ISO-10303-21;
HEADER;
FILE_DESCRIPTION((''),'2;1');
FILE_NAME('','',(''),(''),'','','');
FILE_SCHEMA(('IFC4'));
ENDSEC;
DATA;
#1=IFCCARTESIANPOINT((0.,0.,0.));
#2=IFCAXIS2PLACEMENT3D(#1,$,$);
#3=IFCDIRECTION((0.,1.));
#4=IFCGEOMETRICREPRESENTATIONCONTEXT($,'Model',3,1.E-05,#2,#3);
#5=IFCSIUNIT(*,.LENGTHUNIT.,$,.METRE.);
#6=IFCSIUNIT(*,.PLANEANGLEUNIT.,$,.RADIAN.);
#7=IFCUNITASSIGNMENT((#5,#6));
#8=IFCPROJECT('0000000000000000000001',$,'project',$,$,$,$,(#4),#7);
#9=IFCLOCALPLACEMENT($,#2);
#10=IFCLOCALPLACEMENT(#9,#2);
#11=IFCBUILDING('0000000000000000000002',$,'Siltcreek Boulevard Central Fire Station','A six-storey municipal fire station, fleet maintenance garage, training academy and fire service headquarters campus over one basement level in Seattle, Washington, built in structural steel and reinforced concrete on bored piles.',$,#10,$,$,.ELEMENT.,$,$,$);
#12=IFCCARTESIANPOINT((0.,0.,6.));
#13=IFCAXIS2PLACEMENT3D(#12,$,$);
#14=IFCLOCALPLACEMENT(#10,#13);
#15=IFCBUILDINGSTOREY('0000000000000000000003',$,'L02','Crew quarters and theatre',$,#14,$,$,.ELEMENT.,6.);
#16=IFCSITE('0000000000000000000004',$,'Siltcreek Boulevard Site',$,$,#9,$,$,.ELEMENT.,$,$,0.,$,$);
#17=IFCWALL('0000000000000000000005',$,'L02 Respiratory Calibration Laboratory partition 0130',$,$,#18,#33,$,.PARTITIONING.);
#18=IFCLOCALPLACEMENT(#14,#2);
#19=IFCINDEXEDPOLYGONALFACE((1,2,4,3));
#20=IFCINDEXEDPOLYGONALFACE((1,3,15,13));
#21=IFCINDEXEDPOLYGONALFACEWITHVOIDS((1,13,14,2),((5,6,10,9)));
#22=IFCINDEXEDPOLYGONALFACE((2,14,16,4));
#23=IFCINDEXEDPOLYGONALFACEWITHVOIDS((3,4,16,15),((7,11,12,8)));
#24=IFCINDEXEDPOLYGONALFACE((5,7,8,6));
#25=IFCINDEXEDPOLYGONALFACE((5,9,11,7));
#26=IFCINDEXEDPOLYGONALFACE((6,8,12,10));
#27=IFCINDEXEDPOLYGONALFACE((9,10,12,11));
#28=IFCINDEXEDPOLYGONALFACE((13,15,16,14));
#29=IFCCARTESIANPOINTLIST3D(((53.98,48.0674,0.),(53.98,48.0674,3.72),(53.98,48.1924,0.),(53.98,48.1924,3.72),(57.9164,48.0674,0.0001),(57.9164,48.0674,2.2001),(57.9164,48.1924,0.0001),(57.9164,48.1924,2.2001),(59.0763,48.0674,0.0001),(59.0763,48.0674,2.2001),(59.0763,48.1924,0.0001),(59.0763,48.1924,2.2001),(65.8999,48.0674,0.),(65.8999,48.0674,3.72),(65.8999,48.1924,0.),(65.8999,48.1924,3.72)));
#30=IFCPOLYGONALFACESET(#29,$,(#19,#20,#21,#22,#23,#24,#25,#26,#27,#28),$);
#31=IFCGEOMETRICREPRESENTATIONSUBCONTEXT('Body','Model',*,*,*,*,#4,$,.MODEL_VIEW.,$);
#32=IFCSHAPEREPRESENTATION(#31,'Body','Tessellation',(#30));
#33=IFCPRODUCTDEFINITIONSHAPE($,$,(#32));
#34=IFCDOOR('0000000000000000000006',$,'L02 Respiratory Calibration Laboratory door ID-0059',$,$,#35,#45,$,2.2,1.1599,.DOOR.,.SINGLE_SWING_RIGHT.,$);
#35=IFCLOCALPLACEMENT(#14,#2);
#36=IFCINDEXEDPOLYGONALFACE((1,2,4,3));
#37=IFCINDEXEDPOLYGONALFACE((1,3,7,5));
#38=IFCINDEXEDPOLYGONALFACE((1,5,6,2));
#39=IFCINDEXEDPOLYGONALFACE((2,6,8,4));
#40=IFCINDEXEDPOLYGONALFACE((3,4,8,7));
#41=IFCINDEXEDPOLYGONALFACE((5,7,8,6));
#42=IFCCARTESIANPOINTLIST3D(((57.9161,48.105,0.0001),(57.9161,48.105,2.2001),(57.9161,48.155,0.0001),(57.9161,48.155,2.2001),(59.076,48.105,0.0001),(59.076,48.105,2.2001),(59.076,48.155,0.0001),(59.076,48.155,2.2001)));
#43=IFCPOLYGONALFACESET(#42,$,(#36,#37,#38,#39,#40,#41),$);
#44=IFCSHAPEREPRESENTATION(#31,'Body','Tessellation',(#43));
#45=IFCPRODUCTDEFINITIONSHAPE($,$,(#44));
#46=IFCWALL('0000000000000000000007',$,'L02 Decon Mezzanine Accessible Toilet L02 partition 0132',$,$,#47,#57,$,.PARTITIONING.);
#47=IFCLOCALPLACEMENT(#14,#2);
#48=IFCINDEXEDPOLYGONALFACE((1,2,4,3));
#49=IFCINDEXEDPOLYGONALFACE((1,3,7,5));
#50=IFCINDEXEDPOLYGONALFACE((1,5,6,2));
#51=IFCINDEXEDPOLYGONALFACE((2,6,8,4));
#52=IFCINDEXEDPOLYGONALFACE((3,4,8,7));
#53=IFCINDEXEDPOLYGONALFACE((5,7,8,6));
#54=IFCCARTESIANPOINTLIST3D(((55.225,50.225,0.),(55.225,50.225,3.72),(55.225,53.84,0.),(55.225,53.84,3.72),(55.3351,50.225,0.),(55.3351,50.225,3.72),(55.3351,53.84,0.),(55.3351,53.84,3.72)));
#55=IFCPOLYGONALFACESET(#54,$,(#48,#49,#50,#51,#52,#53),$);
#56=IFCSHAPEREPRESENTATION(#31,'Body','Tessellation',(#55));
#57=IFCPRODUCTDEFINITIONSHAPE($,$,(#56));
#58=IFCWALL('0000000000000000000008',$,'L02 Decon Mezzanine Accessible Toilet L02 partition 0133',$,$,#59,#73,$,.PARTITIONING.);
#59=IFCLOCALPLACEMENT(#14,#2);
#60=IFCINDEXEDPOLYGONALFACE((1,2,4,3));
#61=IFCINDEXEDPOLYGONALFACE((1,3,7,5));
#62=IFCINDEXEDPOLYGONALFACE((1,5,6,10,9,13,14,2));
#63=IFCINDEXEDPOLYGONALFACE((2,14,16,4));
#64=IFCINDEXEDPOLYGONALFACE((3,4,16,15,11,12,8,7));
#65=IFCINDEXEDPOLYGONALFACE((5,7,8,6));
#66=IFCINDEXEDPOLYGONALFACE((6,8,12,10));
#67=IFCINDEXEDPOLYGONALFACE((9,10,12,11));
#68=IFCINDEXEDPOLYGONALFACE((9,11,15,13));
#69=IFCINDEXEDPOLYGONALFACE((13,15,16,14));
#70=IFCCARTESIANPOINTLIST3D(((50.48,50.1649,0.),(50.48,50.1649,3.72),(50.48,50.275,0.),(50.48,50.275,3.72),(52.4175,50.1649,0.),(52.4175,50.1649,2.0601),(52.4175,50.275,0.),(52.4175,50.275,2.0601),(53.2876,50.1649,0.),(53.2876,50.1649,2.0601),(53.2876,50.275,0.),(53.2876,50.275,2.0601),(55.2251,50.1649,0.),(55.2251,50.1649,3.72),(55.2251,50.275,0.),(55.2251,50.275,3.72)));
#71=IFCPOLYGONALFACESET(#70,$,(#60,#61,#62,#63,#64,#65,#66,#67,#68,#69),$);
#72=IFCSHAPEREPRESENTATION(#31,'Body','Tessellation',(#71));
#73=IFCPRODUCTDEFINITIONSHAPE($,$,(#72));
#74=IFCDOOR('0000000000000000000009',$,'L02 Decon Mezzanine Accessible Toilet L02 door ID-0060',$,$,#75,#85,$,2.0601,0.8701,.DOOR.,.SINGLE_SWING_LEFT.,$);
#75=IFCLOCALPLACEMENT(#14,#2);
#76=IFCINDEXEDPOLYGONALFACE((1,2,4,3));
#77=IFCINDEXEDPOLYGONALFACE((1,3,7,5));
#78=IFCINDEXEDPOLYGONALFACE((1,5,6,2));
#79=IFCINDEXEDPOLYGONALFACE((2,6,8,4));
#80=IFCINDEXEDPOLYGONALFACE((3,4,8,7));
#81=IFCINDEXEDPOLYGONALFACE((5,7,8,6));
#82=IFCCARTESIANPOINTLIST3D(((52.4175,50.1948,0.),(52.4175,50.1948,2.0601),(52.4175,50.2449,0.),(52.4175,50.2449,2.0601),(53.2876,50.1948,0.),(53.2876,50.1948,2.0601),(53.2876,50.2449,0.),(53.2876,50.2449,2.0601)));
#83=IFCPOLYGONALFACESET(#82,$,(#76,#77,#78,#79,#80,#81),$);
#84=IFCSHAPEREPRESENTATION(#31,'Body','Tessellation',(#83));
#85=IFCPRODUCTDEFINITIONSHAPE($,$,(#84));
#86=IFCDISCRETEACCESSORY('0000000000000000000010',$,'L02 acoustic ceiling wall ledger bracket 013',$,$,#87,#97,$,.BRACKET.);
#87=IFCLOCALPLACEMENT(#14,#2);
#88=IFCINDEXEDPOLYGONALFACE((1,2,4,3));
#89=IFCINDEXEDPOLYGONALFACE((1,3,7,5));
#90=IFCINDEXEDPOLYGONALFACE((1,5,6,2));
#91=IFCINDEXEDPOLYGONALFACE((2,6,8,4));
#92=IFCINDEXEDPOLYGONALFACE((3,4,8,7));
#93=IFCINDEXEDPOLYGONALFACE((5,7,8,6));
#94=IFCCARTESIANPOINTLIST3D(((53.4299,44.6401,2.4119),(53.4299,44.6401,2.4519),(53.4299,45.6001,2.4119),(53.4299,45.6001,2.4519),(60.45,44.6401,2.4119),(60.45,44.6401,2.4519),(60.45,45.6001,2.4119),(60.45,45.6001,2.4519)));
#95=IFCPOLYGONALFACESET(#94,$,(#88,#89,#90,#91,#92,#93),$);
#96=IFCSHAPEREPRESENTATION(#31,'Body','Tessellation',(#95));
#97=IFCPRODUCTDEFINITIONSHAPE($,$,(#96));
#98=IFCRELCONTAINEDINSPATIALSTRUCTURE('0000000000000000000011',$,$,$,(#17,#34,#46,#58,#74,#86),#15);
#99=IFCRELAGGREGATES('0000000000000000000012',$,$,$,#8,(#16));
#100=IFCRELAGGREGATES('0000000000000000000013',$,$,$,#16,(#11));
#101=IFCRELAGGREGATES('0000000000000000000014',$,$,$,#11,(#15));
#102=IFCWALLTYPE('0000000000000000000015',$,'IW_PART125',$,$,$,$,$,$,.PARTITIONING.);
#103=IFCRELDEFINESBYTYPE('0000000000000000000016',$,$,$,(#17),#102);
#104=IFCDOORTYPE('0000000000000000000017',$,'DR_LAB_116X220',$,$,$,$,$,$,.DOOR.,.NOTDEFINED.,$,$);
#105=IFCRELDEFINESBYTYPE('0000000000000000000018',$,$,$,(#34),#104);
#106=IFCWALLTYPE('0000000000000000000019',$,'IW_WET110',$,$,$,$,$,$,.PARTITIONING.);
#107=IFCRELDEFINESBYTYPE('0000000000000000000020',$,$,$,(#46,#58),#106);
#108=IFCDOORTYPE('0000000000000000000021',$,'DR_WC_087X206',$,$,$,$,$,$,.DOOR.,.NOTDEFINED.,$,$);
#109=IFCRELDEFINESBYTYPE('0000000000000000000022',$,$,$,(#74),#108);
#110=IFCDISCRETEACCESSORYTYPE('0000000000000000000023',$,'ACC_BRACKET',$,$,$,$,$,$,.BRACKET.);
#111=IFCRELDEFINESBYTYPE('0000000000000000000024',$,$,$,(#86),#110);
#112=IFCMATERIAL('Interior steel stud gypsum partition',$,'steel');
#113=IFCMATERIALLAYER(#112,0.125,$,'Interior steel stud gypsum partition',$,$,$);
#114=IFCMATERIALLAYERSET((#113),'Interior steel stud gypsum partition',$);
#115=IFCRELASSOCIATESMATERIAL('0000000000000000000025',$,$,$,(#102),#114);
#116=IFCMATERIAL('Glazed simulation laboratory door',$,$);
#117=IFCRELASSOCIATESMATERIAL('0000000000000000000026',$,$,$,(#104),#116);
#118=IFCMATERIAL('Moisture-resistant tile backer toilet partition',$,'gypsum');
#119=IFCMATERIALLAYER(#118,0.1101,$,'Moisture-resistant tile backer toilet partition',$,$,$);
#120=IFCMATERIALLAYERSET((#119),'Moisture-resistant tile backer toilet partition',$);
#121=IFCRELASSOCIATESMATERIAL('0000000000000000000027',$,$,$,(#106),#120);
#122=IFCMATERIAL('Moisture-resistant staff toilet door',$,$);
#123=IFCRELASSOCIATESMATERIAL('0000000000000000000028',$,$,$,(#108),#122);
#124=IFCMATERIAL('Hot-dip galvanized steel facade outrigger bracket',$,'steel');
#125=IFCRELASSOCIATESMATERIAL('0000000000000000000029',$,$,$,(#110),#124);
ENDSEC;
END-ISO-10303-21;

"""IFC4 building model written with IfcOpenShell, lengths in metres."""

from ifc_helpers import new_model, si_unit, direction, frame, frame_2d, origin, origin_2d, place, context, subcontext, project, spatial, rectangle, extrude, material, layer, layer_set, type_object, element, fill, save


model = new_model("IFC4")

# Units and contexts
model_context = context("Model", 3, precision=1e-05, world=origin(), true_north=direction((0.0, 1.0)))
body_context = subcontext(model_context, "Body", "Model", "MODEL_VIEW")
ifc_project = project(units=[si_unit("LENGTHUNIT", "METRE"), si_unit("PLANEANGLEUNIT", "RADIAN")], contexts=[model_context])

# Site, building, storey
site_placement = place(None, origin())
site = spatial("IfcSite", under=ifc_project, at=site_placement, Name="Siltcreek Boulevard Site", CompositionType="ELEMENT", RefElevation=0.0)
building_placement = place(site_placement, origin())
building = spatial("IfcBuilding", under=site, at=building_placement, Name="Siltcreek Boulevard Central Fire Station", Description="A six-storey municipal fire station, fleet maintenance garage, training academy and fire service headquarters campus over one basement level in Seattle, Washington, built in structural steel and reinforced concrete on bored piles.", CompositionType="ELEMENT")
storey_placement = place(building_placement, frame((0.0, 0.0, 6.0)))
storey = spatial("IfcBuildingStorey", under=building, at=storey_placement, Name="L02", Description="Crew quarters and theatre", CompositionType="ELEMENT", Elevation=6.0)

# Wall, opening, door
ifc_material_1 = material(Name="Interior steel stud gypsum partition", Category="steel")
ifc_layer_1 = layer(ifc_material_1, 0.125, Name="Interior steel stud gypsum partition")
ifc_layer_set_1 = layer_set([ifc_layer_1], Name="Interior steel stud gypsum partition")
wall_type_1 = type_object("IfcWallType", Name="IW_PART125", PredefinedType="PARTITIONING", material=ifc_layer_set_1)
wall_1_placement = place(storey_placement, frame((53.98, 48.1299, 0.0), z_axis=(0.0, 0.0, 1.0), x_axis=(1.0, 0.0, 0.0)))
wall_1 = element("IfcWall", 1, at=wall_1_placement, inside=storey, type_object=wall_type_1, Name="L02 Respiratory Calibration Laboratory partition 0130", PredefinedType="PARTITIONING", context=body_context, shape_type="SweptSolid", body=[
    extrude(rectangle(XDim=11.9199, YDim=0.125, at=frame_2d((5.96, 0.0))), origin(), (0.0, 0.0, 1.0), 3.72),
])
opening_1_placement = place(wall_1_placement, frame((3.9363, 0.0, 0.0)))
opening_1 = element("IfcOpeningElement", 2, at=opening_1_placement, cuts=wall_1, PredefinedType="OPENING", context=body_context, shape_type="SweptSolid", body=[
    extrude(rectangle(XDim=1.1599, YDim=2.2, at=frame_2d((0.5801, 1.1001))), frame((0.0, 0.0725, 0.0), z_axis=(0.0, -1.0, 0.0), x_axis=(1.0, 0.0, 0.0)), (0.0, 0.0, 1.0), 0.145),
])
ifc_material_2 = material(Name="Glazed simulation laboratory door")
door_type_1 = type_object("IfcDoorType", Name="DR_LAB_116X220", OperationType="NOTDEFINED", PredefinedType="DOOR", material=ifc_material_2)
door_1_placement = place(opening_1_placement, frame((1.1599, 0.0, 0.0), z_axis=(0.0, 0.0, 1.0), x_axis=(-1.0, 0.0, 0.0)))
door_1 = element("IfcDoor", 3, at=door_1_placement, inside=storey, type_object=door_type_1, Name="L02 Respiratory Calibration Laboratory door ID-0059", OperationType="SINGLE_SWING_RIGHT", OverallHeight=2.2, OverallWidth=1.1599, PredefinedType="DOOR", context=body_context, shape_type="SweptSolid", body=[
    extrude(rectangle(XDim=1.1599, YDim=2.2, at=frame_2d((0.5801, 1.1001))), frame((0.0, 0.0249, 0.0), z_axis=(0.0, -1.0, 0.0), x_axis=(1.0, 0.0, 0.0)), (0.0, 0.0, 1.0), 0.05),
])
fill(opening_1, door_1)

# Wall
ifc_material_3 = material(Name="Moisture-resistant tile backer toilet partition", Category="gypsum")
ifc_layer_2 = layer(ifc_material_3, 0.1101, Name="Moisture-resistant tile backer toilet partition")
ifc_layer_set_2 = layer_set([ifc_layer_2], Name="Moisture-resistant tile backer toilet partition")
wall_type_2 = type_object("IfcWallType", Name="IW_WET110", PredefinedType="PARTITIONING", material=ifc_layer_set_2)
wall_2_placement = place(storey_placement, frame((55.28, 53.8401, 0.0), z_axis=(0.0, 0.0, 1.0), x_axis=(0.0, -1.0, 0.0)))
element("IfcWall", 4, at=wall_2_placement, inside=storey, type_object=wall_type_2, Name="L02 Decon Mezzanine Accessible Toilet L02 partition 0132", PredefinedType="PARTITIONING", context=body_context, shape_type="SweptSolid", body=[
    extrude(rectangle(XDim=3.615, YDim=0.1101, at=frame_2d((1.8076, 0.0))), origin(), (0.0, 0.0, 1.0), 3.72),
])

# Wall, opening, door
wall_3_placement = place(storey_placement, frame((55.2251, 50.22, 0.0), z_axis=(0.0, 0.0, 1.0), x_axis=(-1.0, 0.0, 0.0)))
wall_3 = element("IfcWall", 5, at=wall_3_placement, inside=storey, type_object=wall_type_2, Name="L02 Decon Mezzanine Accessible Toilet L02 partition 0133", PredefinedType="PARTITIONING", context=body_context, shape_type="SweptSolid", body=[
    extrude(rectangle(XDim=4.7451, YDim=0.1101, at=frame_2d((2.3726, 0.0))), origin(), (0.0, 0.0, 1.0), 3.72),
])
opening_2_placement = place(wall_3_placement, frame((1.9375, 0.0, 0.0)))
opening_2 = element("IfcOpeningElement", 6, at=opening_2_placement, cuts=wall_3, PredefinedType="OPENING", context=body_context, shape_type="SweptSolid", body=[
    extrude(rectangle(XDim=0.8701, YDim=2.0601, at=frame_2d((0.4351, 1.03))), frame((0.0, 0.0649, 0.0), z_axis=(0.0, -1.0, 0.0), x_axis=(1.0, 0.0, 0.0)), (0.0, 0.0, 1.0), 0.1301),
])
ifc_material_4 = material(Name="Moisture-resistant staff toilet door")
door_type_2 = type_object("IfcDoorType", Name="DR_WC_087X206", OperationType="NOTDEFINED", PredefinedType="DOOR", material=ifc_material_4)
door_2_placement = place(opening_2_placement, frame((0.8701, 0.0, 0.0), z_axis=(0.0, 0.0, 1.0), x_axis=(-1.0, 0.0, 0.0)))
door_2 = element("IfcDoor", 7, at=door_2_placement, inside=storey, type_object=door_type_2, Name="L02 Decon Mezzanine Accessible Toilet L02 door ID-0060", OperationType="SINGLE_SWING_LEFT", OverallHeight=2.0601, OverallWidth=0.8701, PredefinedType="DOOR", context=body_context, shape_type="SweptSolid", body=[
    extrude(rectangle(XDim=0.8701, YDim=2.0601, at=frame_2d((0.4351, 1.03))), frame((0.0, 0.0249, 0.0), z_axis=(0.0, -1.0, 0.0), x_axis=(1.0, 0.0, 0.0)), (0.0, 0.0, 1.0), 0.05),
])
fill(opening_2, door_2)

# Discrete accessory
ifc_material_5 = material(Name="Hot-dip galvanized steel facade outrigger bracket", Category="steel")
discrete_accessory_type = type_object("IfcDiscreteAccessoryType", Name="ACC_BRACKET", PredefinedType="BRACKET", material=ifc_material_5)
discrete_accessory_placement = place(storey_placement, frame((56.9399, 45.1201, 2.4119), z_axis=(0.0, 0.0, 1.0), x_axis=(1.0, 0.0, 0.0)))
element("IfcDiscreteAccessory", 8, at=discrete_accessory_placement, inside=storey, type_object=discrete_accessory_type, Name="L02 acoustic ceiling wall ledger bracket 013", PredefinedType="BRACKET", context=body_context, shape_type="SweptSolid", body=[
    extrude(rectangle(XDim=7.02, YDim=0.96, at=origin_2d()), origin(), (0.0, 0.0, 1.0), 0.04),
])

save(model, "model.ifc")
